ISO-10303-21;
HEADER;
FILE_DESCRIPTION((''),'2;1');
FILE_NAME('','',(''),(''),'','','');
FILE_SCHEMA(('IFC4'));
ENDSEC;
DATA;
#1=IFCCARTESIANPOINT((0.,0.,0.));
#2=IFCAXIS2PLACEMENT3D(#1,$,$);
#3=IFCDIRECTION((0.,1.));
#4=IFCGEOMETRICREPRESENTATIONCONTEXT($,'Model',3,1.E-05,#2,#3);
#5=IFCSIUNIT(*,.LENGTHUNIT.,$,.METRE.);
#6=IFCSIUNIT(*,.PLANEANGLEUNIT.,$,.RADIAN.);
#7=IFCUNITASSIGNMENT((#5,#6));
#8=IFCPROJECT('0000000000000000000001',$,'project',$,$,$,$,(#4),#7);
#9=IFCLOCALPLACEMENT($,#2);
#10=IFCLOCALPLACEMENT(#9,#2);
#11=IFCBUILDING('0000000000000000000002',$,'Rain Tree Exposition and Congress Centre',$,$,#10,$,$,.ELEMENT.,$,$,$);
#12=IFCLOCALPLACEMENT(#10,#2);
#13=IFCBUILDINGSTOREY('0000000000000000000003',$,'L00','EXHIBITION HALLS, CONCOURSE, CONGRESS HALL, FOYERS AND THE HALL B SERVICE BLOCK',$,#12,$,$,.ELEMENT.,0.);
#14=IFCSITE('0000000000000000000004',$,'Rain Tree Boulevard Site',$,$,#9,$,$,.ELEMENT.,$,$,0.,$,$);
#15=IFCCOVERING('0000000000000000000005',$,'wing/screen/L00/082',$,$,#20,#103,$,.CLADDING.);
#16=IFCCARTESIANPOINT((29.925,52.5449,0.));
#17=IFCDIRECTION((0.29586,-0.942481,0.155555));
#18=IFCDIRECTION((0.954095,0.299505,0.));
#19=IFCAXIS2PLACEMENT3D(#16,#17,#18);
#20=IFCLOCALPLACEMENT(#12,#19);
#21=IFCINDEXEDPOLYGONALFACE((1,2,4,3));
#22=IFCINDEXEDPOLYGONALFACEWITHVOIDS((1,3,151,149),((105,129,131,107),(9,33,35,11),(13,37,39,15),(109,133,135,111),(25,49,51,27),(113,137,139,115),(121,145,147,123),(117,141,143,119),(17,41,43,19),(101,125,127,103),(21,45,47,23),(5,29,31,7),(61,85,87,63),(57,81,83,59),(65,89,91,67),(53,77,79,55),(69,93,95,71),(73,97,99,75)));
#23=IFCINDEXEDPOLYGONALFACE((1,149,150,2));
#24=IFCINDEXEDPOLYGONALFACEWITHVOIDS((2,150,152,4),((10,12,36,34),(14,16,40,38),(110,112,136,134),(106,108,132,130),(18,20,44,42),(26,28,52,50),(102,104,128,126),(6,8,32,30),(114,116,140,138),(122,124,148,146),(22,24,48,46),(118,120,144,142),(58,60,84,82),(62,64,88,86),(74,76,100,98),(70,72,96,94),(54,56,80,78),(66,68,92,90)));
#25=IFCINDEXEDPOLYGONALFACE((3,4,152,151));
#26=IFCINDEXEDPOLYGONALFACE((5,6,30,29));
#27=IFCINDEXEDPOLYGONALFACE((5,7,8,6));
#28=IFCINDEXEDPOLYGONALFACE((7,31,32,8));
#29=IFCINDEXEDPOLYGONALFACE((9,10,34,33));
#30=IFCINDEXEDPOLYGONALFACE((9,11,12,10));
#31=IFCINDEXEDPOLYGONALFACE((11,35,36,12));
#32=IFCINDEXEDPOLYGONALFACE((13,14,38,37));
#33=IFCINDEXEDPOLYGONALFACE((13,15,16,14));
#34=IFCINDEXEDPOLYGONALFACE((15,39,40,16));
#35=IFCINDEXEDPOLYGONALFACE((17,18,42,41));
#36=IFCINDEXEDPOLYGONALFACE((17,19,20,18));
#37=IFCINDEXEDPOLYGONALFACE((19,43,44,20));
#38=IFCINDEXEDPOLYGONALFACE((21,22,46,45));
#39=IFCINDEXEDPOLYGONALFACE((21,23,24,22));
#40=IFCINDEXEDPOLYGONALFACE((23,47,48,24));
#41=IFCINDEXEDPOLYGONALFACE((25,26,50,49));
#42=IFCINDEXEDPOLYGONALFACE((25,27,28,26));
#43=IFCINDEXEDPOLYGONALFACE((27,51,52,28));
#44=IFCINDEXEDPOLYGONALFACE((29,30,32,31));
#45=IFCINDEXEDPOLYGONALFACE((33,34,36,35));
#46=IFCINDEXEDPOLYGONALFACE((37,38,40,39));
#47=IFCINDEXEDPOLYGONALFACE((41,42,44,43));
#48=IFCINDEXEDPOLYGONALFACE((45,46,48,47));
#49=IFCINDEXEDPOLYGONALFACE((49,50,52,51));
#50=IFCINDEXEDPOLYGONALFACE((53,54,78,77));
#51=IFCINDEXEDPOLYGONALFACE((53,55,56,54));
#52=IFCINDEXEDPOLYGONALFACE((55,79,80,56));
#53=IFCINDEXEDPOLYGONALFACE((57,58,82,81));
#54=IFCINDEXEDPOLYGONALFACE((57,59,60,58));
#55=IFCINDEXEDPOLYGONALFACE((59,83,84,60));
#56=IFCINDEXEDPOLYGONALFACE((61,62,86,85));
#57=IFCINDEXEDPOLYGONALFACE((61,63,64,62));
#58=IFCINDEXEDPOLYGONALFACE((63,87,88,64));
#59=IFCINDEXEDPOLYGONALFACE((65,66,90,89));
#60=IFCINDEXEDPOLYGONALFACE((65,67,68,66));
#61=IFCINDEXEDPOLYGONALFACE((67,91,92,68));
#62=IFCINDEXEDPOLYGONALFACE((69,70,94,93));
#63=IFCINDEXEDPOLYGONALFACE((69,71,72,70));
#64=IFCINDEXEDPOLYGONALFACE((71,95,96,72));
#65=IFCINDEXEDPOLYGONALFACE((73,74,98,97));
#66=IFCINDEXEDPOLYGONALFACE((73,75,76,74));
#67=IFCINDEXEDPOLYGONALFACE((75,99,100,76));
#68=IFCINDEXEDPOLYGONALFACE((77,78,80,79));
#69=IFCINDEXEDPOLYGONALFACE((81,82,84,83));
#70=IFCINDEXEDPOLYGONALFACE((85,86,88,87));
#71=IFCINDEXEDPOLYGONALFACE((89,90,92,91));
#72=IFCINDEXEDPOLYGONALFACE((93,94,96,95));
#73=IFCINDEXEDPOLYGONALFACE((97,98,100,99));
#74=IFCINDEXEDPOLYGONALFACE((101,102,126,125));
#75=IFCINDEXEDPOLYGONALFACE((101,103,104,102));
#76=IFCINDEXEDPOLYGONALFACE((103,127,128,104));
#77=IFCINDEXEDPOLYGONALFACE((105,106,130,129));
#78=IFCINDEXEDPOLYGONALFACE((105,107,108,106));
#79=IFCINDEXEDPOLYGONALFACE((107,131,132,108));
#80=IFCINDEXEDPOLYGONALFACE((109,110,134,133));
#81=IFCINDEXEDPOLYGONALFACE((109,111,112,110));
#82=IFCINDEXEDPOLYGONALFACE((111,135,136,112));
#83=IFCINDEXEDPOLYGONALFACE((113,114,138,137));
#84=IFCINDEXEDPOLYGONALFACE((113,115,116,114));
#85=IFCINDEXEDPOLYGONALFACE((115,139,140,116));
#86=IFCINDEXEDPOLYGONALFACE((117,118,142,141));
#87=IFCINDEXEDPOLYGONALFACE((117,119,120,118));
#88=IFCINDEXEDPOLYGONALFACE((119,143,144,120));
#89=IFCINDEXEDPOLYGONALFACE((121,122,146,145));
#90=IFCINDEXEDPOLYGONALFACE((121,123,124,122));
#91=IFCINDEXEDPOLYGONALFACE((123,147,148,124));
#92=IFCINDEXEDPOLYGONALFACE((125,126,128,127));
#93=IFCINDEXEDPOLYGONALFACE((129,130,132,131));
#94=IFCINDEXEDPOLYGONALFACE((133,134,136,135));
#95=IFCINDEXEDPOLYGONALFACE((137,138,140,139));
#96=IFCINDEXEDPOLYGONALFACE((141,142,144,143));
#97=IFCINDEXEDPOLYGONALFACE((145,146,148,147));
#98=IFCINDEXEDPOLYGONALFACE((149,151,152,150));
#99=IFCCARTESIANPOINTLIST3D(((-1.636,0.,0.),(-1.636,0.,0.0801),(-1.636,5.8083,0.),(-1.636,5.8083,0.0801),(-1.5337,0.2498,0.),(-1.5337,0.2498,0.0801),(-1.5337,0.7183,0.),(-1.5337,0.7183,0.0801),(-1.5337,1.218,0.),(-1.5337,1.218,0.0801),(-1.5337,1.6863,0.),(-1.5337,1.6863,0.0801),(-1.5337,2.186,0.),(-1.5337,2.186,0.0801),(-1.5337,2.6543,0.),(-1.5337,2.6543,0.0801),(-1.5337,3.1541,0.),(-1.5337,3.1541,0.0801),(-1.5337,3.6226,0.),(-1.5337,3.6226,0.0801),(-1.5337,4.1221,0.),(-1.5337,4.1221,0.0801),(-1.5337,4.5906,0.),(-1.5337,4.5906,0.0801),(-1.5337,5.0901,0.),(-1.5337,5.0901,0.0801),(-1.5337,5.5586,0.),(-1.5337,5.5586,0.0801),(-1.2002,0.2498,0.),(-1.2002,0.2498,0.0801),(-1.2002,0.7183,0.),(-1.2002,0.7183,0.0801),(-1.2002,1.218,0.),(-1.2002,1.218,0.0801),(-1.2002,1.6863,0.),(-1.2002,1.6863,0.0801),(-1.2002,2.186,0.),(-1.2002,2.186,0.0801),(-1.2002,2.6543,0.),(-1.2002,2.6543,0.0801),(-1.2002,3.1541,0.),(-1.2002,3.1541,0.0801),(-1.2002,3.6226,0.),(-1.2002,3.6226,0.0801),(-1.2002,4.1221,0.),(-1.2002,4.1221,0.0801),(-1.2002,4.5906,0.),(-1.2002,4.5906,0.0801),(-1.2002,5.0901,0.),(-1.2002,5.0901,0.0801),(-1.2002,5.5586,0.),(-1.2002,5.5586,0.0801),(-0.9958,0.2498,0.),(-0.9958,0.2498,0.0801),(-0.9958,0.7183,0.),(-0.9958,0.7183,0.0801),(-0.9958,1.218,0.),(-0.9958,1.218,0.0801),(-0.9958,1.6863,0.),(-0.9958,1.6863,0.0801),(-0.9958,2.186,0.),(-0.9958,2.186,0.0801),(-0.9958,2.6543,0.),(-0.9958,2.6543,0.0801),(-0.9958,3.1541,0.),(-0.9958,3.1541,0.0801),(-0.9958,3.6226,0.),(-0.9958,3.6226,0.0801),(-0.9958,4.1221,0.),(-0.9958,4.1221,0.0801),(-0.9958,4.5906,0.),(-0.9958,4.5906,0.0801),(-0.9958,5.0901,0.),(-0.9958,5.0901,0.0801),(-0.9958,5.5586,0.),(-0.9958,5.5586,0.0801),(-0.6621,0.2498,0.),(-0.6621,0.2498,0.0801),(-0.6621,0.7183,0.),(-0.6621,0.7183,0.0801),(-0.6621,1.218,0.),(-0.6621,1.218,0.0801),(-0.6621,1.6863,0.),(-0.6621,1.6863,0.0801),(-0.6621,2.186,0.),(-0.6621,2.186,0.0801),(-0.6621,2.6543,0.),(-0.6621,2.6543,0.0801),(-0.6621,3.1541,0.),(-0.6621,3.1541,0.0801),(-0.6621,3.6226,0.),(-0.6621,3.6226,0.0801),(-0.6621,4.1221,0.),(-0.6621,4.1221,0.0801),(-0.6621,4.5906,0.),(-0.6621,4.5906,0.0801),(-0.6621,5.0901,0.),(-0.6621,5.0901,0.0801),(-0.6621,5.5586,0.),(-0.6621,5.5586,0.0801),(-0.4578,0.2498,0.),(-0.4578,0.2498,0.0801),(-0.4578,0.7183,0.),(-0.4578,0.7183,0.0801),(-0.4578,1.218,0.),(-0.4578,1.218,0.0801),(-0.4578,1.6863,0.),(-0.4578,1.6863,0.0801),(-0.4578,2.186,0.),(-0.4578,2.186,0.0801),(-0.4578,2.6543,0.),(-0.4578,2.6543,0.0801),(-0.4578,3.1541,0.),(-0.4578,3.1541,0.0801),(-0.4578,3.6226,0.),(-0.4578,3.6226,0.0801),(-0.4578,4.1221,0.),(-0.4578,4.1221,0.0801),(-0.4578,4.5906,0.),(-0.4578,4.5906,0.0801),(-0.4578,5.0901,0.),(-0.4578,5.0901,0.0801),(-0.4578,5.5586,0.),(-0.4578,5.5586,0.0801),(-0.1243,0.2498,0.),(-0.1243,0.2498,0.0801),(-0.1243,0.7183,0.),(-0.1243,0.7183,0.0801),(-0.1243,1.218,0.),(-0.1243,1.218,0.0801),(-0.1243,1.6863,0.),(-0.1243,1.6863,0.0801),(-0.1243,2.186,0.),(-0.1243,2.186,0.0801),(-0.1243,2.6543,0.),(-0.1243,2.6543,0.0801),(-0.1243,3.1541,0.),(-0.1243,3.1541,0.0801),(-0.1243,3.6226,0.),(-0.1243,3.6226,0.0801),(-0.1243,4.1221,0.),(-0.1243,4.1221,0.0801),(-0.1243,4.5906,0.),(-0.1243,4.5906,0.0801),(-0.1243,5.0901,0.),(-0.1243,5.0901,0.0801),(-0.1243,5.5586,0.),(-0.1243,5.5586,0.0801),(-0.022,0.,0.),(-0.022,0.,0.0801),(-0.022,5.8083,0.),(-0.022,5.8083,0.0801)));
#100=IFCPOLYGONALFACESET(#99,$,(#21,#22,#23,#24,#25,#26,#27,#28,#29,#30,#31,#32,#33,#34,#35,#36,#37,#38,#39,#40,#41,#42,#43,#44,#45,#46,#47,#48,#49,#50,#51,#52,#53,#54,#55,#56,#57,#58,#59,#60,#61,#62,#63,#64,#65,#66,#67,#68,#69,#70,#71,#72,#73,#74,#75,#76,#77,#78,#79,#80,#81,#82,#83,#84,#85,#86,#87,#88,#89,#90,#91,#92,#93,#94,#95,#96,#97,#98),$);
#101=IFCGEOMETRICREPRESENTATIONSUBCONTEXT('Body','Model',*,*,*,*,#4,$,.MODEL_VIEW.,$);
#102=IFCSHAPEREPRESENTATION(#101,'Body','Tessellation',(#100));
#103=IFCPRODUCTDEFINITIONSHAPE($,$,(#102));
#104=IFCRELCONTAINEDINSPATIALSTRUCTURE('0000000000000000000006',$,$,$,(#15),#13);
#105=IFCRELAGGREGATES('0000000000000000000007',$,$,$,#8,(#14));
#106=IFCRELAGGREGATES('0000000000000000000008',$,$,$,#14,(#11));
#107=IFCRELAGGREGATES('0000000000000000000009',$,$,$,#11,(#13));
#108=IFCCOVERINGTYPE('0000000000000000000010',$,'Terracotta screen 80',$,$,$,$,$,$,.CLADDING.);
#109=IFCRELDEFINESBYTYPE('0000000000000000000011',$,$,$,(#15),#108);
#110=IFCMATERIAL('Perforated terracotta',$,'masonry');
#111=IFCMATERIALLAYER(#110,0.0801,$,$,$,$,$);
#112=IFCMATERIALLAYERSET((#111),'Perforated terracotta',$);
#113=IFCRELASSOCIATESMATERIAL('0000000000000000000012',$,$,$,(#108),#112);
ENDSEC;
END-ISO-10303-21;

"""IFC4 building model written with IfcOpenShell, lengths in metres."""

from ifc_helpers import new_model, si_unit, direction, frame, origin, place, context, subcontext, project, spatial, polyline, outline, extrude, material, layer, layer_set, type_object, element, save


model = new_model("IFC4")

# Units and contexts
model_context = context("Model", 3, precision=1e-05, world=origin(), true_north=direction((0.0, 1.0)))
body_context = subcontext(model_context, "Body", "Model", "MODEL_VIEW")
ifc_project = project(units=[si_unit("LENGTHUNIT", "METRE"), si_unit("PLANEANGLEUNIT", "RADIAN")], contexts=[model_context])

# Site, building, storey
site_placement = place(None, origin())
site = spatial("IfcSite", under=ifc_project, at=site_placement, Name="Rain Tree Boulevard Site", CompositionType="ELEMENT", RefElevation=0.0)
building_placement = place(site_placement, origin())
building = spatial("IfcBuilding", under=site, at=building_placement, Name="Rain Tree Exposition and Congress Centre", CompositionType="ELEMENT")
storey_placement = place(building_placement, origin())
storey = spatial("IfcBuildingStorey", under=building, at=storey_placement, Name="L00", Description="EXHIBITION HALLS, CONCOURSE, CONGRESS HALL, FOYERS AND THE HALL B SERVICE BLOCK", CompositionType="ELEMENT", Elevation=0.0)

# Covering
ifc_material_1 = material(Name="Perforated terracotta", Category="masonry")
ifc_layer_1 = layer(ifc_material_1, 0.0801)
ifc_layer_set_1 = layer_set([ifc_layer_1], Name="Perforated terracotta")
covering_type = type_object("IfcCoveringType", Name="Terracotta screen 80", PredefinedType="CLADDING", material=ifc_layer_set_1)
covering_1_placement = place(storey_placement, frame((29.925, 52.5449, 0.0), z_axis=(0.29586, -0.942481, 0.155555), x_axis=(0.954095, 0.299505, 0.0)))
element("IfcCovering", 1, at=covering_1_placement, inside=storey, type_object=covering_type, Name="wing/screen/L00/082", PredefinedType="CLADDING", context=body_context, shape_type="SweptSolid", body=[
    extrude(outline(polyline([(-0.022, 5.8083), (-0.022, 0.0), (-1.636, 0.0), (-1.636, 5.8083), (-0.022, 5.8083)]), holes=[polyline([(-0.1243, 0.2498), (-0.1243, 0.7183), (-0.4578, 0.7183), (-0.4578, 0.2498), (-0.1243, 0.2498)]), polyline([(-0.1243, 1.218), (-0.1243, 1.6863), (-0.4578, 1.6863), (-0.4578, 1.218), (-0.1243, 1.218)]), polyline([(-0.1243, 2.186), (-0.1243, 2.6543), (-0.4578, 2.6543), (-0.4578, 2.186), (-0.1243, 2.186)]), polyline([(-0.1243, 3.1541), (-0.1243, 3.6226), (-0.4578, 3.6226), (-0.4578, 3.1541), (-0.1243, 3.1541)]), polyline([(-0.1243, 4.1221), (-0.1243, 4.5906), (-0.4578, 4.5906), (-0.4578, 4.1221), (-0.1243, 4.1221)]), polyline([(-0.1243, 5.0901), (-0.1243, 5.5586), (-0.4578, 5.5586), (-0.4578, 5.0901), (-0.1243, 5.0901)]), polyline([(-0.6621, 0.2498), (-0.6621, 0.7183), (-0.9958, 0.7183), (-0.9958, 0.2498), (-0.6621, 0.2498)]), polyline([(-0.6621, 1.218), (-0.6621, 1.6863), (-0.9958, 1.6863), (-0.9958, 1.218), (-0.6621, 1.218)]), polyline([(-0.6621, 2.186), (-0.6621, 2.6543), (-0.9958, 2.6543), (-0.9958, 2.186), (-0.6621, 2.186)]), polyline([(-0.6621, 3.1541), (-0.6621, 3.6226), (-0.9958, 3.6226), (-0.9958, 3.1541), (-0.6621, 3.1541)]), polyline([(-0.6621, 4.1221), (-0.6621, 4.5906), (-0.9958, 4.5906), (-0.9958, 4.1221), (-0.6621, 4.1221)]), polyline([(-0.6621, 5.0901), (-0.6621, 5.5586), (-0.9958, 5.5586), (-0.9958, 5.0901), (-0.6621, 5.0901)]), polyline([(-1.2002, 0.2498), (-1.2002, 0.7183), (-1.5337, 0.7183), (-1.5337, 0.2498), (-1.2002, 0.2498)]), polyline([(-1.2002, 1.218), (-1.2002, 1.6863), (-1.5337, 1.6863), (-1.5337, 1.218), (-1.2002, 1.218)]), polyline([(-1.2002, 2.186), (-1.2002, 2.6543), (-1.5337, 2.6543), (-1.5337, 2.186), (-1.2002, 2.186)]), polyline([(-1.2002, 3.1541), (-1.2002, 3.6226), (-1.5337, 3.6226), (-1.5337, 3.1541), (-1.2002, 3.1541)]), polyline([(-1.2002, 4.1221), (-1.2002, 4.5906), (-1.5337, 4.5906), (-1.5337, 4.1221), (-1.2002, 4.1221)]), polyline([(-1.2002, 5.0901), (-1.2002, 5.5586), (-1.5337, 5.5586), (-1.5337, 5.0901), (-1.2002, 5.0901)])]), origin(), (0.0, 0.0, 1.0), 0.0801),
])

save(model, "model.ifc")
